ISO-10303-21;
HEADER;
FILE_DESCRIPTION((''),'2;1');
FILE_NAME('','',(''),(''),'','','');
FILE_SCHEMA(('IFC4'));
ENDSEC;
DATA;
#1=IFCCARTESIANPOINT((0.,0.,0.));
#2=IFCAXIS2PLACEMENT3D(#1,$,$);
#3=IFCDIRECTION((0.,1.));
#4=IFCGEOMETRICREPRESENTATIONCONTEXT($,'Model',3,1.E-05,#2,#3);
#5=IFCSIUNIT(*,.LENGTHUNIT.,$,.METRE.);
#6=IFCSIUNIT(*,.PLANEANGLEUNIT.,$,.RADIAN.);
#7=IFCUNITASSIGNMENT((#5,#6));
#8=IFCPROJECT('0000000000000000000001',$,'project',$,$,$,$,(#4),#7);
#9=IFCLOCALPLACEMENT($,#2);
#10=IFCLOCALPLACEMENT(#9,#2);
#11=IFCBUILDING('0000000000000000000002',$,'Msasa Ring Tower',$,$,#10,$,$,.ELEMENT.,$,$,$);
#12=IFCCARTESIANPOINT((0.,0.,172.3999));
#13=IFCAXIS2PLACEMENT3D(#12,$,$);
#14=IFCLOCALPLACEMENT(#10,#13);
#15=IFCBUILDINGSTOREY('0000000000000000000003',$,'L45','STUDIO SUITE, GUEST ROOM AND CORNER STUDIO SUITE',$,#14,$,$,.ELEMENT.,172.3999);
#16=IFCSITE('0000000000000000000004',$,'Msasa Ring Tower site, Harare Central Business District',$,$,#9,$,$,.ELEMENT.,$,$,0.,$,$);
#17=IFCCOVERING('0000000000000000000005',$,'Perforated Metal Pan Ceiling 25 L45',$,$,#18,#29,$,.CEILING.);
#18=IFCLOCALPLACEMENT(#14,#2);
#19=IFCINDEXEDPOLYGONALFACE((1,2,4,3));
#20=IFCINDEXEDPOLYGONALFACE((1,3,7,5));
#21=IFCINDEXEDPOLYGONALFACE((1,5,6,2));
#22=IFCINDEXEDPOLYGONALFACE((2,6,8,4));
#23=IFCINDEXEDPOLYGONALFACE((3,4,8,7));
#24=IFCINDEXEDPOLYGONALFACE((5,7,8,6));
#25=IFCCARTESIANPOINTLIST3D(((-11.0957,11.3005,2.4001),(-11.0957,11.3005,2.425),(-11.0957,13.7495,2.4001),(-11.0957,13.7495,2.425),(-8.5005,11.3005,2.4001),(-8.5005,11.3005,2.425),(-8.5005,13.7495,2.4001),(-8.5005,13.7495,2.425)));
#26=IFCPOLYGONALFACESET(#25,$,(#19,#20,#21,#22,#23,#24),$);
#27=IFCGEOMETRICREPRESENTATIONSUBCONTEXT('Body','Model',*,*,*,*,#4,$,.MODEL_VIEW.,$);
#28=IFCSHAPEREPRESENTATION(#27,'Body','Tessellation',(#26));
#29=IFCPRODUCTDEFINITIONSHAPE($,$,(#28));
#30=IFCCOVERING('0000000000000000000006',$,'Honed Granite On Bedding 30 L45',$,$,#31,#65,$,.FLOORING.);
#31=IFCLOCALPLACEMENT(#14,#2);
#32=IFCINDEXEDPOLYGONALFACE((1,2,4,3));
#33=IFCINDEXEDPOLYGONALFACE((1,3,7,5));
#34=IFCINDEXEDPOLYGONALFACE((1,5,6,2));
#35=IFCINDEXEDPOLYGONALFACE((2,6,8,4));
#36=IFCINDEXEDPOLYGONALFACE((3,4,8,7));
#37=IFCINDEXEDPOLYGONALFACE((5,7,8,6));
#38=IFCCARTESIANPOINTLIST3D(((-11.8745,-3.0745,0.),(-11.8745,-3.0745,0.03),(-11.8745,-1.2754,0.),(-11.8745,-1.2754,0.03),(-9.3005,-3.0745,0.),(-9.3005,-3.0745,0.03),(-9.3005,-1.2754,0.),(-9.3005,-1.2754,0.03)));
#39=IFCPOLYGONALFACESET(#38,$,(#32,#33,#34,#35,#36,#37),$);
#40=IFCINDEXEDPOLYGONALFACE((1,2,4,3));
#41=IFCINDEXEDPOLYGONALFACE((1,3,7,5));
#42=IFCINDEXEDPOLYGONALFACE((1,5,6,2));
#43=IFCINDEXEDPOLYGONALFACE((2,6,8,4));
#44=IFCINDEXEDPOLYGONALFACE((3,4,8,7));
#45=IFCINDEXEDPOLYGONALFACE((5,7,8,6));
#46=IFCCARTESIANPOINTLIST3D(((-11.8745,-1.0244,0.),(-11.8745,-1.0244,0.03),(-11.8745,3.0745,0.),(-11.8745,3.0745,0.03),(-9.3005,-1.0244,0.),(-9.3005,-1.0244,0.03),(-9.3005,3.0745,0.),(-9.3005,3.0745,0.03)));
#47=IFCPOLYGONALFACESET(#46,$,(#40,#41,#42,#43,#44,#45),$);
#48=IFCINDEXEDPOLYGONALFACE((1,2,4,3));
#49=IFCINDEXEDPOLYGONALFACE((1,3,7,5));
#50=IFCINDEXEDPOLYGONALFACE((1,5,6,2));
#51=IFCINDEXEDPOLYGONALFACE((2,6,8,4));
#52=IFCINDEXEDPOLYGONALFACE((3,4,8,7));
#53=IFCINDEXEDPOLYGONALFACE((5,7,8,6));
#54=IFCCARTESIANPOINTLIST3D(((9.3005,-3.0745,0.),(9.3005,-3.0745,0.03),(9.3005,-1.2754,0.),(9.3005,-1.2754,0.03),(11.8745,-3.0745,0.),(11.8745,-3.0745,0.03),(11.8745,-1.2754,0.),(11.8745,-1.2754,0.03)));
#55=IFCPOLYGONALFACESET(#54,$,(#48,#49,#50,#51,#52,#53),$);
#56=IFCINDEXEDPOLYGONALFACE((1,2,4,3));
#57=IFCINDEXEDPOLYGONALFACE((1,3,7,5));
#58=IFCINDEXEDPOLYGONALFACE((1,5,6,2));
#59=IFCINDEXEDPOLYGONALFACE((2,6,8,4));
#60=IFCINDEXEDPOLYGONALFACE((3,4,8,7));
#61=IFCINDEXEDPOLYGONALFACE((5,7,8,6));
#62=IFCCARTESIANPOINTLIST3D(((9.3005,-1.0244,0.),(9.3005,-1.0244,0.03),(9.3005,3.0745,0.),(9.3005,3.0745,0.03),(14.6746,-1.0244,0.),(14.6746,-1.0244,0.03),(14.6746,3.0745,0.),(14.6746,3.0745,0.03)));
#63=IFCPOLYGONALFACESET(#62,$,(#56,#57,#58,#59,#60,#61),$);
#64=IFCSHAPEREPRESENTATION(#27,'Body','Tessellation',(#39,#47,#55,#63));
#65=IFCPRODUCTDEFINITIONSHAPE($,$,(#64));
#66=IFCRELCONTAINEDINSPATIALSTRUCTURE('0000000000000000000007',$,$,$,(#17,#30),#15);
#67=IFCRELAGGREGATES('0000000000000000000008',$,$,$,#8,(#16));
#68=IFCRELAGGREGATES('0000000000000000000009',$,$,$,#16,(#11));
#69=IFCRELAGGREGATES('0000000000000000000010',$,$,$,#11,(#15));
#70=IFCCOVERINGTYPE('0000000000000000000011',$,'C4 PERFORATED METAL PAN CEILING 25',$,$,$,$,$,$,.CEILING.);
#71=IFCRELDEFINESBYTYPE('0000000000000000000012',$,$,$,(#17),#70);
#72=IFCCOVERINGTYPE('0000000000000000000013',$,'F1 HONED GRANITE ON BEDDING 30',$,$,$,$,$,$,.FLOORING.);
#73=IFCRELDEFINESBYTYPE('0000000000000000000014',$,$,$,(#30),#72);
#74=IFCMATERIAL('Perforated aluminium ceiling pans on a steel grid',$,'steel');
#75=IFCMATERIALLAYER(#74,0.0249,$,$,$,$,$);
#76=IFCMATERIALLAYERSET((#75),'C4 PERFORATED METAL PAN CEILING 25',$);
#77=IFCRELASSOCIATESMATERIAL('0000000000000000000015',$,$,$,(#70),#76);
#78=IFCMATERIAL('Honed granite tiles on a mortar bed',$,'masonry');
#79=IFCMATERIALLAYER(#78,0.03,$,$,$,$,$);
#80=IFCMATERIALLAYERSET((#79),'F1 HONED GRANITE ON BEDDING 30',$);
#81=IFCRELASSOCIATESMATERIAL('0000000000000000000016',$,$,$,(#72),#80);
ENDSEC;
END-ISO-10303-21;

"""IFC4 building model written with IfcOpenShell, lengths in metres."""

from ifc_helpers import new_model, si_unit, direction, frame, origin, place, context, subcontext, project, spatial, line, indexed_curve, outline, extrude, material, layer, layer_set, type_object, element, save


model = new_model("IFC4")

# Units and contexts
model_context = context("Model", 3, precision=1e-05, world=origin(), true_north=direction((0.0, 1.0)))
body_context = subcontext(model_context, "Body", "Model", "MODEL_VIEW")
ifc_project = project(units=[si_unit("LENGTHUNIT", "METRE"), si_unit("PLANEANGLEUNIT", "RADIAN")], contexts=[model_context])

# Site, building, storey
site_placement = place(None, origin())
site = spatial("IfcSite", under=ifc_project, at=site_placement, Name="Msasa Ring Tower site, Harare Central Business District", CompositionType="ELEMENT", RefElevation=0.0)
building_placement = place(site_placement, origin())
building = spatial("IfcBuilding", under=site, at=building_placement, Name="Msasa Ring Tower", CompositionType="ELEMENT")
storey_placement = place(building_placement, frame((0.0, 0.0, 172.3999)))
storey = spatial("IfcBuildingStorey", under=building, at=storey_placement, Name="L45", Description="STUDIO SUITE, GUEST ROOM AND CORNER STUDIO SUITE", CompositionType="ELEMENT", Elevation=172.3999)

# Coverings
ifc_material_1 = material(Name="Perforated aluminium ceiling pans on a steel grid", Category="steel")
ifc_layer_1 = layer(ifc_material_1, 0.0249)
ifc_layer_set_1 = layer_set([ifc_layer_1], Name="C4 PERFORATED METAL PAN CEILING 25")
covering_type_1 = type_object("IfcCoveringType", Name="C4 PERFORATED METAL PAN CEILING 25", PredefinedType="CEILING", material=ifc_layer_set_1)
covering_1_placement = place(storey_placement, frame((0.0, 0.0, 2.4001)))
element("IfcCovering", 1, at=covering_1_placement, inside=storey, type_object=covering_type_1, Name="Perforated Metal Pan Ceiling 25 L45", PredefinedType="CEILING", context=body_context, shape_type="SweptSolid", body=[
    extrude(outline(indexed_curve([(-8.5005, 13.7495), (-8.5005, 11.3005), (-11.0957, 11.3005), (-11.0957, 13.7495)], segments=[line(1, 2, 3, 4, 1)], self_intersect=False)), origin(), (0.0, 0.0, 1.0), 0.0249),
])
ifc_material_2 = material(Name="Honed granite tiles on a mortar bed", Category="masonry")
ifc_layer_2 = layer(ifc_material_2, 0.03)
ifc_layer_set_2 = layer_set([ifc_layer_2], Name="F1 HONED GRANITE ON BEDDING 30")
covering_type_2 = type_object("IfcCoveringType", Name="F1 HONED GRANITE ON BEDDING 30", PredefinedType="FLOORING", material=ifc_layer_set_2)
covering_2_placement = place(storey_placement, origin())
element("IfcCovering", 2, at=covering_2_placement, inside=storey, type_object=covering_type_2, Name="Honed Granite On Bedding 30 L45", PredefinedType="FLOORING", context=body_context, shape_type="SweptSolid", body=[
    extrude(outline(indexed_curve([(-11.8745, -3.0745), (-11.8745, -1.2754), (-9.3005, -1.2754), (-9.3005, -3.0745)], segments=[line(1, 2, 3, 4, 1)], self_intersect=False)), origin(), (0.0, 0.0, 1.0), 0.03),
    extrude(outline(indexed_curve([(-11.8745, -1.0244), (-11.8745, 3.0745), (-9.3005, 3.0745), (-9.3005, -1.0244)], segments=[line(1, 2, 3, 4, 1)], self_intersect=False)), origin(), (0.0, 0.0, 1.0), 0.03),
    extrude(outline(indexed_curve([(9.3005, -3.0745), (9.3005, -1.2754), (11.8745, -1.2754), (11.8745, -3.0745)], segments=[line(1, 2, 3, 4, 1)], self_intersect=False)), origin(), (0.0, 0.0, 1.0), 0.03),
    extrude(outline(indexed_curve([(9.3005, -1.0244), (9.3005, 3.0745), (14.6746, 3.0745), (14.6746, -1.0244)], segments=[line(1, 2, 3, 4, 1)], self_intersect=False)), origin(), (0.0, 0.0, 1.0), 0.03),
])

save(model, "model.ifc")
